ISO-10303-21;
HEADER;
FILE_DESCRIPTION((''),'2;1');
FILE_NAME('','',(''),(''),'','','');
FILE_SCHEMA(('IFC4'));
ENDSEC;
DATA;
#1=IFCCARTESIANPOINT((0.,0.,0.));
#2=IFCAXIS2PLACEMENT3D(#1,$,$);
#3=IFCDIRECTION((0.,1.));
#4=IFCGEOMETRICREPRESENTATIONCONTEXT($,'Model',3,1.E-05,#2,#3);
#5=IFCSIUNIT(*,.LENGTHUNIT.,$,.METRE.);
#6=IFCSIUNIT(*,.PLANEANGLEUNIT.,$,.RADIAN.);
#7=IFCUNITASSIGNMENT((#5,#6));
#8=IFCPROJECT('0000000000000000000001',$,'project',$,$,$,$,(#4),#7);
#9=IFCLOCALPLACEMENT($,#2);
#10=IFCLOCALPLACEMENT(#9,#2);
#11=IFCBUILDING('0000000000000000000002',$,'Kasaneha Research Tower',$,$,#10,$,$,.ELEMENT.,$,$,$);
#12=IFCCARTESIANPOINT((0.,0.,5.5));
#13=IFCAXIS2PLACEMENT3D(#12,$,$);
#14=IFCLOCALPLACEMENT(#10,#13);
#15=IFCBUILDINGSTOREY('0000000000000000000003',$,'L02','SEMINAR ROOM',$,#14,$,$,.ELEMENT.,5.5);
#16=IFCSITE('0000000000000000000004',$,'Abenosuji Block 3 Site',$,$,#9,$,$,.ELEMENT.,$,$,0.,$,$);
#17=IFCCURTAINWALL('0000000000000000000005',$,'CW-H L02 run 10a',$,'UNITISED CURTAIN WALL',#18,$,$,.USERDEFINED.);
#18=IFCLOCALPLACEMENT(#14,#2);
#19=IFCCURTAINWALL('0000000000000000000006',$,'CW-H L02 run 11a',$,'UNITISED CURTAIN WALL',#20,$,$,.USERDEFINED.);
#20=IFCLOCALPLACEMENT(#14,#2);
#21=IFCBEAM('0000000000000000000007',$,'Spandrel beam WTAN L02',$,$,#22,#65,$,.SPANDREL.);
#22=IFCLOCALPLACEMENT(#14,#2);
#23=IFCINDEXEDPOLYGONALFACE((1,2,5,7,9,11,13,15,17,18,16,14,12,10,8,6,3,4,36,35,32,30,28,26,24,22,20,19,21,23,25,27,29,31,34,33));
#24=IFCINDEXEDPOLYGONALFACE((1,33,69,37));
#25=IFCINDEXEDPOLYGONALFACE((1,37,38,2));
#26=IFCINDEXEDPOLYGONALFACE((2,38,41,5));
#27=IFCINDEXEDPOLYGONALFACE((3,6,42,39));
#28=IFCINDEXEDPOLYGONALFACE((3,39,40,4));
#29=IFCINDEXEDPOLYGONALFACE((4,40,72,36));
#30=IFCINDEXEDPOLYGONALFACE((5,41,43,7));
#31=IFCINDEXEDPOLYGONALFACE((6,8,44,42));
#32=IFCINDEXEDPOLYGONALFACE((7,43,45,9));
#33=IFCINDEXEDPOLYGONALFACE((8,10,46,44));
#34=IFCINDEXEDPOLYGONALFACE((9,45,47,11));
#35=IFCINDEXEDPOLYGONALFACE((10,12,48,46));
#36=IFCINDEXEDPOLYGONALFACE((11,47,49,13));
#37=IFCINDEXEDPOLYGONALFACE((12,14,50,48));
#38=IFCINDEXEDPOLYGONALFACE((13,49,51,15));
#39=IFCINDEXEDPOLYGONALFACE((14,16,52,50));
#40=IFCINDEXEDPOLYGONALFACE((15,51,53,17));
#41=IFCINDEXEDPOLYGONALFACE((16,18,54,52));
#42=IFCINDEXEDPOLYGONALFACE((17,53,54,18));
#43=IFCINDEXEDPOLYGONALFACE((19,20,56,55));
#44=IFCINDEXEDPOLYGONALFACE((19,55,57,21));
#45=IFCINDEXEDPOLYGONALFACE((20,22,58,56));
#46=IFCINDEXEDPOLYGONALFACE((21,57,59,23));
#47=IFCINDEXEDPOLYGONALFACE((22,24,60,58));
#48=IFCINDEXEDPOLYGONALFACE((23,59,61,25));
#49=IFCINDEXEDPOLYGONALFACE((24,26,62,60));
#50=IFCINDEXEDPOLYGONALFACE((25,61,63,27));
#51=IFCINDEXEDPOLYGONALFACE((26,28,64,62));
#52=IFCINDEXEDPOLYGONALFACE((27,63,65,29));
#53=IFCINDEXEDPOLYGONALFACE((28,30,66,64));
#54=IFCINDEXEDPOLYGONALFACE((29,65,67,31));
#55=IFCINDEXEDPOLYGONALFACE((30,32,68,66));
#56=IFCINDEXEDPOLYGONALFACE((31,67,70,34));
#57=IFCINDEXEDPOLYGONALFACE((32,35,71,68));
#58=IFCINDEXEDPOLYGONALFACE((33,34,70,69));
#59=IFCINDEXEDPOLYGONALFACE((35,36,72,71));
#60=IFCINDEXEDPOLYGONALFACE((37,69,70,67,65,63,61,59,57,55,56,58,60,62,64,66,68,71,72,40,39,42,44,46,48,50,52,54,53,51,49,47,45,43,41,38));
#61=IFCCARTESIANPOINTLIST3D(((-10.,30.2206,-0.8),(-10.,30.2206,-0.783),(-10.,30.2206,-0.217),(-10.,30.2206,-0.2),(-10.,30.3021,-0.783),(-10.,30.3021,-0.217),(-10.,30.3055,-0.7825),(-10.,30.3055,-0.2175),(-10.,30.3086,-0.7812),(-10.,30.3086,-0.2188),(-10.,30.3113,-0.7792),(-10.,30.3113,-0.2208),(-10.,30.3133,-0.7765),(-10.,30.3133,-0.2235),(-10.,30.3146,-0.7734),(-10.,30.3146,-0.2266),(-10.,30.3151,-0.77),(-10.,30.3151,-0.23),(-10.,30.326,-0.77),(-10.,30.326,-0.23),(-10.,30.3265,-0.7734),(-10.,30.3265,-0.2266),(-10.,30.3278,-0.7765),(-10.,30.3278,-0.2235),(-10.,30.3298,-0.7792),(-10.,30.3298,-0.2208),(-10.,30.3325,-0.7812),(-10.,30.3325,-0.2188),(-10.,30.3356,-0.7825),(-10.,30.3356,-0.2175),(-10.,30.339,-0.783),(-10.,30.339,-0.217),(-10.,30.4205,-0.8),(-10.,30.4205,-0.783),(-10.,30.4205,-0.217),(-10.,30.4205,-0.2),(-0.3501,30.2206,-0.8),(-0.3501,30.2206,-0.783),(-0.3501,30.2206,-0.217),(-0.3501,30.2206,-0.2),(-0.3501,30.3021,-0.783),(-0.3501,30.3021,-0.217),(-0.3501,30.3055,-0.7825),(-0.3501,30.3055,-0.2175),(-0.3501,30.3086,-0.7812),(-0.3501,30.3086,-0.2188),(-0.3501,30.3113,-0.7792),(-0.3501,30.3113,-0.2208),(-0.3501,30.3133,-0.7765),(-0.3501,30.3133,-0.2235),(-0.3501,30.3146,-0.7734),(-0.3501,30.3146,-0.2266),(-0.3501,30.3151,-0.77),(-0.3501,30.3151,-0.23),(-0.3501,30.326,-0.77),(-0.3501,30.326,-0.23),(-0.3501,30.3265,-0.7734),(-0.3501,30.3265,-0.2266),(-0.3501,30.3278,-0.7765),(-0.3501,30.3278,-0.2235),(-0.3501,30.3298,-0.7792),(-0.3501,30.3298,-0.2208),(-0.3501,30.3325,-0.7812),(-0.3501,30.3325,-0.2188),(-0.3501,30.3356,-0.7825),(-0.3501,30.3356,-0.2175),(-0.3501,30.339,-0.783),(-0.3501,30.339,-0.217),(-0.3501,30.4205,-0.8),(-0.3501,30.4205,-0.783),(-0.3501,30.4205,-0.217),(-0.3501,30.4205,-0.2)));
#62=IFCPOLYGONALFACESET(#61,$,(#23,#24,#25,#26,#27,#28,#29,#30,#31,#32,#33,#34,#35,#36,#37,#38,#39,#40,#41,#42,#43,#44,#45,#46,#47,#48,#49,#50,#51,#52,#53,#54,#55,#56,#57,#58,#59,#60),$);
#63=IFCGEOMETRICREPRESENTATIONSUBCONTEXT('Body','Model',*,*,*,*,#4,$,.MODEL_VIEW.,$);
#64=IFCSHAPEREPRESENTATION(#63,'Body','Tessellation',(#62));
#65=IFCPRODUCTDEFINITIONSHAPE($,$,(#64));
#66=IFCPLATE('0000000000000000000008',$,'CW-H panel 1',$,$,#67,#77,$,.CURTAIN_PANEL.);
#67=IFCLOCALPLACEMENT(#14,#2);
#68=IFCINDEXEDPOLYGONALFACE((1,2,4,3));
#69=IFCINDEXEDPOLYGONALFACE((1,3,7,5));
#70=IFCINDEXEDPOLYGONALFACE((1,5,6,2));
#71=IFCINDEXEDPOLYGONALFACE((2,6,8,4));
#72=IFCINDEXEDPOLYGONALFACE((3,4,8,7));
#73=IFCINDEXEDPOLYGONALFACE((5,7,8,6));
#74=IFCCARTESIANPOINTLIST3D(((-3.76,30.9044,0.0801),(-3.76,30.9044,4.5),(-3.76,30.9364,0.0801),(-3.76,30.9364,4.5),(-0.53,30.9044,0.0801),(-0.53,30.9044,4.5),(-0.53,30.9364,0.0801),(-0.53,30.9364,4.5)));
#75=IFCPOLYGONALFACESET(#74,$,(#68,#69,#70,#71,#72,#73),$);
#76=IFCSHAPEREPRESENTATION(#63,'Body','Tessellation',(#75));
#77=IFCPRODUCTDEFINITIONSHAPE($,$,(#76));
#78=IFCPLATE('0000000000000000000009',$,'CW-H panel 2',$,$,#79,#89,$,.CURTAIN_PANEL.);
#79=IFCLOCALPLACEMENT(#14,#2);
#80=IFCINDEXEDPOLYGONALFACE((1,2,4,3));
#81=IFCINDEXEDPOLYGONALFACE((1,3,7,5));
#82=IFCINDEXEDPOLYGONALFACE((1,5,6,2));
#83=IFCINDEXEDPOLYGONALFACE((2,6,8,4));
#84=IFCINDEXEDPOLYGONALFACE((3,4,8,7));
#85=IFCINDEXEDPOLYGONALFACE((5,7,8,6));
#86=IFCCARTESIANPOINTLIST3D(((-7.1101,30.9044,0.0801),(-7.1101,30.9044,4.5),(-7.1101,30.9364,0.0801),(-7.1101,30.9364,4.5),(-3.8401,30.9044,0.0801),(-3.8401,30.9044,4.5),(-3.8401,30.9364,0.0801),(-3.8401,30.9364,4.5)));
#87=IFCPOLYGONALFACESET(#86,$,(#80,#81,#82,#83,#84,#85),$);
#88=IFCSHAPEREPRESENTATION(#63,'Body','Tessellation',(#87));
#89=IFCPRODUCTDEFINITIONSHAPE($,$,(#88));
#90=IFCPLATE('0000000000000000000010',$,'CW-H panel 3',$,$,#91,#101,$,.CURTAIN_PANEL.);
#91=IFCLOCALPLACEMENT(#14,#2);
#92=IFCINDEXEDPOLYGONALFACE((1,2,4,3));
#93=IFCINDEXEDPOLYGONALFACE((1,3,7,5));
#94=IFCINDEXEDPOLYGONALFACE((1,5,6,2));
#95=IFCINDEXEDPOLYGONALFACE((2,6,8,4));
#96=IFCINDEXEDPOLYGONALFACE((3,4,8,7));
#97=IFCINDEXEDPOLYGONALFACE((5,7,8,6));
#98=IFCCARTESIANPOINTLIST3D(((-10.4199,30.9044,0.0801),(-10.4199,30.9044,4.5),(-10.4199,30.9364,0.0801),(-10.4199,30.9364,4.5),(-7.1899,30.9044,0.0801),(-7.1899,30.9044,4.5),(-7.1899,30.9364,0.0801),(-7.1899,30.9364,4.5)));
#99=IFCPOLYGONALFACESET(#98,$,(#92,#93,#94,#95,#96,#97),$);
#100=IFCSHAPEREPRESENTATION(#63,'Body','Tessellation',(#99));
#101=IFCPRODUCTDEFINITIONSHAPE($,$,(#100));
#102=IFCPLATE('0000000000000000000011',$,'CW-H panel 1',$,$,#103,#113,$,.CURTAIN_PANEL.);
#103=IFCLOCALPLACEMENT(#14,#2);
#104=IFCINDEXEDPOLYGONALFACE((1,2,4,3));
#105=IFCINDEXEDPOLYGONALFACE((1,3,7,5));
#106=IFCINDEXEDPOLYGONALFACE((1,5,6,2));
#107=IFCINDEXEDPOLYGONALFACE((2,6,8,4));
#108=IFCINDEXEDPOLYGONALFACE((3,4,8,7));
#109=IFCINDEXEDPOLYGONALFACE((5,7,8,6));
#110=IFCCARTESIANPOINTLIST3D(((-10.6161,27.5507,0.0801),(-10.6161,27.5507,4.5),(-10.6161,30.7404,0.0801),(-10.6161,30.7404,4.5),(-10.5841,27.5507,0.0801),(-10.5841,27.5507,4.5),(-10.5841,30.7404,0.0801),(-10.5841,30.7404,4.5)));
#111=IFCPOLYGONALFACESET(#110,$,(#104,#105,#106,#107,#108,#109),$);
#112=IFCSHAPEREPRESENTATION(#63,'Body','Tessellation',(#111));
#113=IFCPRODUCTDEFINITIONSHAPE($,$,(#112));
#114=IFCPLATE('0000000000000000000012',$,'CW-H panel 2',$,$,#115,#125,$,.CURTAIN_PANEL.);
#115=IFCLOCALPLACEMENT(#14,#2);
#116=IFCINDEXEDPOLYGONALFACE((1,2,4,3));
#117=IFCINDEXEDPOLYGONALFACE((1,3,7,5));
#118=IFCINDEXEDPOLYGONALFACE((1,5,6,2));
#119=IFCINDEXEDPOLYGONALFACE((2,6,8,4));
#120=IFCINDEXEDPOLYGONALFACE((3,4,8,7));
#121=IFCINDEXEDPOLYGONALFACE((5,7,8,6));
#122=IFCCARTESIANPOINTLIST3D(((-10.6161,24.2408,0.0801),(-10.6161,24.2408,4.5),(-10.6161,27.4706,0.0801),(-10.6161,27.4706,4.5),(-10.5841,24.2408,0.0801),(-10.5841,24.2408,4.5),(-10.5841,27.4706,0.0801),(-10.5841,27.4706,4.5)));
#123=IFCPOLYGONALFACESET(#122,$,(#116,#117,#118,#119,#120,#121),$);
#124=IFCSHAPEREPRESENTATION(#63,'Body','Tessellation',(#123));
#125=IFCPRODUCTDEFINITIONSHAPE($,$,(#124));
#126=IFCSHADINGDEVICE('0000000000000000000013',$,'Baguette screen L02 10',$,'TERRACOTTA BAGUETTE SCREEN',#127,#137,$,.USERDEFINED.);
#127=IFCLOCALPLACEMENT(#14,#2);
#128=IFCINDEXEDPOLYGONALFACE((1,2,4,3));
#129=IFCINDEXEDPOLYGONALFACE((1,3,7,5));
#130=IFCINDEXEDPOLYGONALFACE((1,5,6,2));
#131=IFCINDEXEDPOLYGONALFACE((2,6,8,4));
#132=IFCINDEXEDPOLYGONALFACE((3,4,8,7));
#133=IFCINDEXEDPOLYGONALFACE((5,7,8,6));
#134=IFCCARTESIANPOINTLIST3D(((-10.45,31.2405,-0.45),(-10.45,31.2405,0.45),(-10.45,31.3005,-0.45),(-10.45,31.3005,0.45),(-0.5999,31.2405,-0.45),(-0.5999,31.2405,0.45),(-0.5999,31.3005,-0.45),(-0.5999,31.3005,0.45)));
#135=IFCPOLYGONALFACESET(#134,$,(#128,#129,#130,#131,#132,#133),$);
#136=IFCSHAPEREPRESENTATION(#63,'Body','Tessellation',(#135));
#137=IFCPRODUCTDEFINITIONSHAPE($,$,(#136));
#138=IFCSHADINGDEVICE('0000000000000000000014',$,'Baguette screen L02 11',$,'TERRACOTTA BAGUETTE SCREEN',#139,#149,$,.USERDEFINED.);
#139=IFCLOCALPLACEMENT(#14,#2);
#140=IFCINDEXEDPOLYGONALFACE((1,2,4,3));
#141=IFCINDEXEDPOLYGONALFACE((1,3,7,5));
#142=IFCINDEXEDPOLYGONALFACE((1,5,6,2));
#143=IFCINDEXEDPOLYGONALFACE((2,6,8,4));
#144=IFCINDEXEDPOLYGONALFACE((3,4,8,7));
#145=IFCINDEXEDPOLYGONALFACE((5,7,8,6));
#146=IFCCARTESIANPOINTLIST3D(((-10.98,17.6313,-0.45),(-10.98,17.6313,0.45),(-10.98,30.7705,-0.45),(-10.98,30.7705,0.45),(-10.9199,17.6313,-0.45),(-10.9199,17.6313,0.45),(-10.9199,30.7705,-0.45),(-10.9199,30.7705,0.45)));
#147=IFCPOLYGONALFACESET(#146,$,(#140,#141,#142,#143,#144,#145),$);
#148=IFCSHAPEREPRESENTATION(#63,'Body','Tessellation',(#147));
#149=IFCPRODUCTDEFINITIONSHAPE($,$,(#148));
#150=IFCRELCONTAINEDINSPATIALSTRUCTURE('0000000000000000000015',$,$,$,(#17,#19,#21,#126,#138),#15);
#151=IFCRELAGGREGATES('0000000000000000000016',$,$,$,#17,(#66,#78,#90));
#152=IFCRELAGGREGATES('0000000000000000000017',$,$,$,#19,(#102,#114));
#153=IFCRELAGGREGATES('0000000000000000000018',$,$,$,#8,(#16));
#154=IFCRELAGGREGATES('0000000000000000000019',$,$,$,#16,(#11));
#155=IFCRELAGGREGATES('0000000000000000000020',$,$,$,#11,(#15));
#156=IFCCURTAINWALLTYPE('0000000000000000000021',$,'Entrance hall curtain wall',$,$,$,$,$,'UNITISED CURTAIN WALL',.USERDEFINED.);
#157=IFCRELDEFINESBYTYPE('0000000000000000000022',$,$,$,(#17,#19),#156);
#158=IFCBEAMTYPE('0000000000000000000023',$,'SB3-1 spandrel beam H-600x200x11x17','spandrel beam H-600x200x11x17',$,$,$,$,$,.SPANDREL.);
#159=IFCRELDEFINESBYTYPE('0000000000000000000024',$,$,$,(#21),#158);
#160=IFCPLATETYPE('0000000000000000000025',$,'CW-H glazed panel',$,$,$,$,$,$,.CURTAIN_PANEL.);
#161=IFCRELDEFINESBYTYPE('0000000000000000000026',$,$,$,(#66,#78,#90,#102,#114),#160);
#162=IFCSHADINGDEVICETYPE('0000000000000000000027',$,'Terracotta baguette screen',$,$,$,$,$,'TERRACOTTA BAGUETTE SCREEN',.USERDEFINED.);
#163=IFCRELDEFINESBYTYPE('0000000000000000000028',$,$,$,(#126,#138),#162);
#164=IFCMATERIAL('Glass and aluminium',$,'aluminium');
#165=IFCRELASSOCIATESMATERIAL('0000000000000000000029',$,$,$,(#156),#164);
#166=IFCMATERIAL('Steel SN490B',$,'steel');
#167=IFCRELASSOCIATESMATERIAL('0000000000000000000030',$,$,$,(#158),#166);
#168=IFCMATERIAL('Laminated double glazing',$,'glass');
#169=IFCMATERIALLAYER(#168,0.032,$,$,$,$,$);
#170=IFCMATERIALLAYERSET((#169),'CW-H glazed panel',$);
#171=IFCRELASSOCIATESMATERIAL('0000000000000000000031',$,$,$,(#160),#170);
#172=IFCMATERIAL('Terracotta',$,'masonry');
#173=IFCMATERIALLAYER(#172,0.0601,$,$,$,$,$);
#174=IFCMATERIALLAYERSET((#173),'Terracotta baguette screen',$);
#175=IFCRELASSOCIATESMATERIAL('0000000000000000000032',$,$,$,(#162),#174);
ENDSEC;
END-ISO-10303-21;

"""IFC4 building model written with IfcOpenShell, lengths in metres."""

from ifc_helpers import new_model, si_unit, direction, frame, origin, origin_2d, place, context, subcontext, project, spatial, rectangle, i_section, extrude, material, layer, layer_set, material_profile, profile_set, type_object, element, aggregate, save


model = new_model("IFC4")

# Units and contexts
model_context = context("Model", 3, precision=1e-05, world=origin(), true_north=direction((0.0, 1.0)))
body_context = subcontext(model_context, "Body", "Model", "MODEL_VIEW")
ifc_project = project(units=[si_unit("LENGTHUNIT", "METRE"), si_unit("PLANEANGLEUNIT", "RADIAN")], contexts=[model_context])

# Site, building, storey
site_placement = place(None, origin())
site = spatial("IfcSite", under=ifc_project, at=site_placement, Name="Abenosuji Block 3 Site", CompositionType="ELEMENT", RefElevation=0.0)
building_placement = place(site_placement, origin())
building = spatial("IfcBuilding", under=site, at=building_placement, Name="Kasaneha Research Tower", CompositionType="ELEMENT")
storey_placement = place(building_placement, frame((0.0, 0.0, 5.5)))
storey = spatial("IfcBuildingStorey", under=building, at=storey_placement, Name="L02", Description="SEMINAR ROOM", CompositionType="ELEMENT", Elevation=5.5)

# Curtain walls
ifc_material_1 = material(Name="Glass and aluminium", Category="aluminium")
curtain_wall_type = type_object("IfcCurtainWallType", Name="Entrance hall curtain wall", ElementType="UNITISED CURTAIN WALL", PredefinedType="USERDEFINED", material=ifc_material_1)
curtain_wall_1_placement = place(storey_placement, origin())
curtain_wall_1 = element("IfcCurtainWall", 1, at=curtain_wall_1_placement, inside=storey, type_object=curtain_wall_type, Name="CW-H L02 run 10a", ObjectType="UNITISED CURTAIN WALL", PredefinedType="USERDEFINED")
curtain_wall_2_placement = place(storey_placement, origin())
curtain_wall_2 = element("IfcCurtainWall", 2, at=curtain_wall_2_placement, inside=storey, type_object=curtain_wall_type, Name="CW-H L02 run 11a", ObjectType="UNITISED CURTAIN WALL", PredefinedType="USERDEFINED")

# Beam
ifc_material_2 = material(Name="Steel SN490B", Category="steel")
ifc_material_profile_1 = material_profile(ifc_material_2, i_section(OverallWidth=0.2, OverallDepth=0.6001, WebThickness=0.011, FlangeThickness=0.0171, FilletRadius=0.0129, at=origin_2d()), Name="H-600x200x11x17")
ifc_profile_set_1 = profile_set([ifc_material_profile_1], Name="Steel SN490B")
beam_type_1 = type_object("IfcBeamType", Name="SB3-1 spandrel beam H-600x200x11x17", Description="spandrel beam H-600x200x11x17", PredefinedType="SPANDREL", material=ifc_profile_set_1)
beam_1_placement = place(storey_placement, frame((-10.0, 30.3206, -0.5), z_axis=(1.0, 0.0, 0.0), x_axis=(0.0, 1.0, 0.0)))
element("IfcBeam", 3, at=beam_1_placement, inside=storey, type_object=beam_type_1, Name="Spandrel beam WTAN L02", PredefinedType="SPANDREL", context=body_context, shape_type="SweptSolid", body=[
    extrude(i_section(OverallWidth=0.2, OverallDepth=0.6001, WebThickness=0.011, FlangeThickness=0.0171, FilletRadius=0.0129, at=origin_2d()), origin(), (0.0, 0.0, 1.0), 9.6499),
])

# Plates
ifc_material_3 = material(Name="Laminated double glazing", Category="glass")
ifc_layer_1 = layer(ifc_material_3, 0.032)
ifc_layer_set_1 = layer_set([ifc_layer_1], Name="CW-H glazed panel")
plate_type = type_object("IfcPlateType", Name="CW-H glazed panel", PredefinedType="CURTAIN_PANEL", material=ifc_layer_set_1)
plate_1_placement = place(storey_placement, frame((-2.145, 30.9204, 0.0801), z_axis=(0.0, 0.0, 1.0), x_axis=(-1.0, 0.0, 0.0)))
plate_1 = element("IfcPlate", 4, at=plate_1_placement, type_object=plate_type, Name="CW-H panel 1", PredefinedType="CURTAIN_PANEL", context=body_context, shape_type="SweptSolid", body=[
    extrude(rectangle(XDim=3.23, YDim=0.032, at=origin_2d()), origin(), (0.0, 0.0, 1.0), 4.4199),
])
plate_2_placement = place(storey_placement, frame((-5.4751, 30.9204, 0.0801), z_axis=(0.0, 0.0, 1.0), x_axis=(-1.0, 0.0, 0.0)))
plate_2 = element("IfcPlate", 5, at=plate_2_placement, type_object=plate_type, Name="CW-H panel 2", PredefinedType="CURTAIN_PANEL", context=body_context, shape_type="SweptSolid", body=[
    extrude(rectangle(XDim=3.27, YDim=0.032, at=origin_2d()), origin(), (0.0, 0.0, 1.0), 4.4199),
])
plate_3_placement = place(storey_placement, frame((-8.8049, 30.9204, 0.0801), z_axis=(0.0, 0.0, 1.0), x_axis=(-1.0, 0.0, 0.0)))
plate_3 = element("IfcPlate", 6, at=plate_3_placement, type_object=plate_type, Name="CW-H panel 3", PredefinedType="CURTAIN_PANEL", context=body_context, shape_type="SweptSolid", body=[
    extrude(rectangle(XDim=3.23, YDim=0.032, at=origin_2d()), origin(), (0.0, 0.0, 1.0), 4.4199),
])
aggregate(curtain_wall_1, [plate_1, plate_2, plate_3])
plate_4_placement = place(storey_placement, frame((-10.6001, 29.1455, 0.0801), z_axis=(0.0, 0.0, 1.0), x_axis=(0.0, -1.0, 0.0)))
plate_4 = element("IfcPlate", 7, at=plate_4_placement, type_object=plate_type, Name="CW-H panel 1", PredefinedType="CURTAIN_PANEL", context=body_context, shape_type="SweptSolid", body=[
    extrude(rectangle(XDim=3.1897, YDim=0.032, at=origin_2d()), origin(), (0.0, 0.0, 1.0), 4.4199),
])
plate_5_placement = place(storey_placement, frame((-10.6001, 25.8557, 0.0801), z_axis=(0.0, 0.0, 1.0), x_axis=(0.0, -1.0, 0.0)))
plate_5 = element("IfcPlate", 8, at=plate_5_placement, type_object=plate_type, Name="CW-H panel 2", PredefinedType="CURTAIN_PANEL", context=body_context, shape_type="SweptSolid", body=[
    extrude(rectangle(XDim=3.2297, YDim=0.032, at=origin_2d()), origin(), (0.0, 0.0, 1.0), 4.4199),
])
aggregate(curtain_wall_2, [plate_4, plate_5])

# Shading devices
ifc_material_4 = material(Name="Terracotta", Category="masonry")
ifc_layer_2 = layer(ifc_material_4, 0.0601)
ifc_layer_set_2 = layer_set([ifc_layer_2], Name="Terracotta baguette screen")
shading_device_type = type_object("IfcShadingDeviceType", Name="Terracotta baguette screen", ElementType="TERRACOTTA BAGUETTE SCREEN", PredefinedType="USERDEFINED", material=ifc_layer_set_2)
shading_device_1_placement = place(storey_placement, frame((-5.5249, 31.2705, -0.45), z_axis=(0.0, 0.0, 1.0), x_axis=(-1.0, 0.0, 0.0)))
element("IfcShadingDevice", 9, at=shading_device_1_placement, inside=storey, type_object=shading_device_type, Name="Baguette screen L02 10", ObjectType="TERRACOTTA BAGUETTE SCREEN", PredefinedType="USERDEFINED", context=body_context, shape_type="SweptSolid", body=[
    extrude(rectangle(XDim=9.8501, YDim=0.0601, at=origin_2d()), origin(), (0.0, 0.0, 1.0), 0.8999),
])
shading_device_2_placement = place(storey_placement, frame((-10.95, 24.2009, -0.45), z_axis=(0.0, 0.0, 1.0), x_axis=(0.0, -1.0, 0.0)))
element("IfcShadingDevice", 10, at=shading_device_2_placement, inside=storey, type_object=shading_device_type, Name="Baguette screen L02 11", ObjectType="TERRACOTTA BAGUETTE SCREEN", PredefinedType="USERDEFINED", context=body_context, shape_type="SweptSolid", body=[
    extrude(rectangle(XDim=13.1392, YDim=0.0601, at=origin_2d()), origin(), (0.0, 0.0, 1.0), 0.8999),
])

save(model, "model.ifc")
